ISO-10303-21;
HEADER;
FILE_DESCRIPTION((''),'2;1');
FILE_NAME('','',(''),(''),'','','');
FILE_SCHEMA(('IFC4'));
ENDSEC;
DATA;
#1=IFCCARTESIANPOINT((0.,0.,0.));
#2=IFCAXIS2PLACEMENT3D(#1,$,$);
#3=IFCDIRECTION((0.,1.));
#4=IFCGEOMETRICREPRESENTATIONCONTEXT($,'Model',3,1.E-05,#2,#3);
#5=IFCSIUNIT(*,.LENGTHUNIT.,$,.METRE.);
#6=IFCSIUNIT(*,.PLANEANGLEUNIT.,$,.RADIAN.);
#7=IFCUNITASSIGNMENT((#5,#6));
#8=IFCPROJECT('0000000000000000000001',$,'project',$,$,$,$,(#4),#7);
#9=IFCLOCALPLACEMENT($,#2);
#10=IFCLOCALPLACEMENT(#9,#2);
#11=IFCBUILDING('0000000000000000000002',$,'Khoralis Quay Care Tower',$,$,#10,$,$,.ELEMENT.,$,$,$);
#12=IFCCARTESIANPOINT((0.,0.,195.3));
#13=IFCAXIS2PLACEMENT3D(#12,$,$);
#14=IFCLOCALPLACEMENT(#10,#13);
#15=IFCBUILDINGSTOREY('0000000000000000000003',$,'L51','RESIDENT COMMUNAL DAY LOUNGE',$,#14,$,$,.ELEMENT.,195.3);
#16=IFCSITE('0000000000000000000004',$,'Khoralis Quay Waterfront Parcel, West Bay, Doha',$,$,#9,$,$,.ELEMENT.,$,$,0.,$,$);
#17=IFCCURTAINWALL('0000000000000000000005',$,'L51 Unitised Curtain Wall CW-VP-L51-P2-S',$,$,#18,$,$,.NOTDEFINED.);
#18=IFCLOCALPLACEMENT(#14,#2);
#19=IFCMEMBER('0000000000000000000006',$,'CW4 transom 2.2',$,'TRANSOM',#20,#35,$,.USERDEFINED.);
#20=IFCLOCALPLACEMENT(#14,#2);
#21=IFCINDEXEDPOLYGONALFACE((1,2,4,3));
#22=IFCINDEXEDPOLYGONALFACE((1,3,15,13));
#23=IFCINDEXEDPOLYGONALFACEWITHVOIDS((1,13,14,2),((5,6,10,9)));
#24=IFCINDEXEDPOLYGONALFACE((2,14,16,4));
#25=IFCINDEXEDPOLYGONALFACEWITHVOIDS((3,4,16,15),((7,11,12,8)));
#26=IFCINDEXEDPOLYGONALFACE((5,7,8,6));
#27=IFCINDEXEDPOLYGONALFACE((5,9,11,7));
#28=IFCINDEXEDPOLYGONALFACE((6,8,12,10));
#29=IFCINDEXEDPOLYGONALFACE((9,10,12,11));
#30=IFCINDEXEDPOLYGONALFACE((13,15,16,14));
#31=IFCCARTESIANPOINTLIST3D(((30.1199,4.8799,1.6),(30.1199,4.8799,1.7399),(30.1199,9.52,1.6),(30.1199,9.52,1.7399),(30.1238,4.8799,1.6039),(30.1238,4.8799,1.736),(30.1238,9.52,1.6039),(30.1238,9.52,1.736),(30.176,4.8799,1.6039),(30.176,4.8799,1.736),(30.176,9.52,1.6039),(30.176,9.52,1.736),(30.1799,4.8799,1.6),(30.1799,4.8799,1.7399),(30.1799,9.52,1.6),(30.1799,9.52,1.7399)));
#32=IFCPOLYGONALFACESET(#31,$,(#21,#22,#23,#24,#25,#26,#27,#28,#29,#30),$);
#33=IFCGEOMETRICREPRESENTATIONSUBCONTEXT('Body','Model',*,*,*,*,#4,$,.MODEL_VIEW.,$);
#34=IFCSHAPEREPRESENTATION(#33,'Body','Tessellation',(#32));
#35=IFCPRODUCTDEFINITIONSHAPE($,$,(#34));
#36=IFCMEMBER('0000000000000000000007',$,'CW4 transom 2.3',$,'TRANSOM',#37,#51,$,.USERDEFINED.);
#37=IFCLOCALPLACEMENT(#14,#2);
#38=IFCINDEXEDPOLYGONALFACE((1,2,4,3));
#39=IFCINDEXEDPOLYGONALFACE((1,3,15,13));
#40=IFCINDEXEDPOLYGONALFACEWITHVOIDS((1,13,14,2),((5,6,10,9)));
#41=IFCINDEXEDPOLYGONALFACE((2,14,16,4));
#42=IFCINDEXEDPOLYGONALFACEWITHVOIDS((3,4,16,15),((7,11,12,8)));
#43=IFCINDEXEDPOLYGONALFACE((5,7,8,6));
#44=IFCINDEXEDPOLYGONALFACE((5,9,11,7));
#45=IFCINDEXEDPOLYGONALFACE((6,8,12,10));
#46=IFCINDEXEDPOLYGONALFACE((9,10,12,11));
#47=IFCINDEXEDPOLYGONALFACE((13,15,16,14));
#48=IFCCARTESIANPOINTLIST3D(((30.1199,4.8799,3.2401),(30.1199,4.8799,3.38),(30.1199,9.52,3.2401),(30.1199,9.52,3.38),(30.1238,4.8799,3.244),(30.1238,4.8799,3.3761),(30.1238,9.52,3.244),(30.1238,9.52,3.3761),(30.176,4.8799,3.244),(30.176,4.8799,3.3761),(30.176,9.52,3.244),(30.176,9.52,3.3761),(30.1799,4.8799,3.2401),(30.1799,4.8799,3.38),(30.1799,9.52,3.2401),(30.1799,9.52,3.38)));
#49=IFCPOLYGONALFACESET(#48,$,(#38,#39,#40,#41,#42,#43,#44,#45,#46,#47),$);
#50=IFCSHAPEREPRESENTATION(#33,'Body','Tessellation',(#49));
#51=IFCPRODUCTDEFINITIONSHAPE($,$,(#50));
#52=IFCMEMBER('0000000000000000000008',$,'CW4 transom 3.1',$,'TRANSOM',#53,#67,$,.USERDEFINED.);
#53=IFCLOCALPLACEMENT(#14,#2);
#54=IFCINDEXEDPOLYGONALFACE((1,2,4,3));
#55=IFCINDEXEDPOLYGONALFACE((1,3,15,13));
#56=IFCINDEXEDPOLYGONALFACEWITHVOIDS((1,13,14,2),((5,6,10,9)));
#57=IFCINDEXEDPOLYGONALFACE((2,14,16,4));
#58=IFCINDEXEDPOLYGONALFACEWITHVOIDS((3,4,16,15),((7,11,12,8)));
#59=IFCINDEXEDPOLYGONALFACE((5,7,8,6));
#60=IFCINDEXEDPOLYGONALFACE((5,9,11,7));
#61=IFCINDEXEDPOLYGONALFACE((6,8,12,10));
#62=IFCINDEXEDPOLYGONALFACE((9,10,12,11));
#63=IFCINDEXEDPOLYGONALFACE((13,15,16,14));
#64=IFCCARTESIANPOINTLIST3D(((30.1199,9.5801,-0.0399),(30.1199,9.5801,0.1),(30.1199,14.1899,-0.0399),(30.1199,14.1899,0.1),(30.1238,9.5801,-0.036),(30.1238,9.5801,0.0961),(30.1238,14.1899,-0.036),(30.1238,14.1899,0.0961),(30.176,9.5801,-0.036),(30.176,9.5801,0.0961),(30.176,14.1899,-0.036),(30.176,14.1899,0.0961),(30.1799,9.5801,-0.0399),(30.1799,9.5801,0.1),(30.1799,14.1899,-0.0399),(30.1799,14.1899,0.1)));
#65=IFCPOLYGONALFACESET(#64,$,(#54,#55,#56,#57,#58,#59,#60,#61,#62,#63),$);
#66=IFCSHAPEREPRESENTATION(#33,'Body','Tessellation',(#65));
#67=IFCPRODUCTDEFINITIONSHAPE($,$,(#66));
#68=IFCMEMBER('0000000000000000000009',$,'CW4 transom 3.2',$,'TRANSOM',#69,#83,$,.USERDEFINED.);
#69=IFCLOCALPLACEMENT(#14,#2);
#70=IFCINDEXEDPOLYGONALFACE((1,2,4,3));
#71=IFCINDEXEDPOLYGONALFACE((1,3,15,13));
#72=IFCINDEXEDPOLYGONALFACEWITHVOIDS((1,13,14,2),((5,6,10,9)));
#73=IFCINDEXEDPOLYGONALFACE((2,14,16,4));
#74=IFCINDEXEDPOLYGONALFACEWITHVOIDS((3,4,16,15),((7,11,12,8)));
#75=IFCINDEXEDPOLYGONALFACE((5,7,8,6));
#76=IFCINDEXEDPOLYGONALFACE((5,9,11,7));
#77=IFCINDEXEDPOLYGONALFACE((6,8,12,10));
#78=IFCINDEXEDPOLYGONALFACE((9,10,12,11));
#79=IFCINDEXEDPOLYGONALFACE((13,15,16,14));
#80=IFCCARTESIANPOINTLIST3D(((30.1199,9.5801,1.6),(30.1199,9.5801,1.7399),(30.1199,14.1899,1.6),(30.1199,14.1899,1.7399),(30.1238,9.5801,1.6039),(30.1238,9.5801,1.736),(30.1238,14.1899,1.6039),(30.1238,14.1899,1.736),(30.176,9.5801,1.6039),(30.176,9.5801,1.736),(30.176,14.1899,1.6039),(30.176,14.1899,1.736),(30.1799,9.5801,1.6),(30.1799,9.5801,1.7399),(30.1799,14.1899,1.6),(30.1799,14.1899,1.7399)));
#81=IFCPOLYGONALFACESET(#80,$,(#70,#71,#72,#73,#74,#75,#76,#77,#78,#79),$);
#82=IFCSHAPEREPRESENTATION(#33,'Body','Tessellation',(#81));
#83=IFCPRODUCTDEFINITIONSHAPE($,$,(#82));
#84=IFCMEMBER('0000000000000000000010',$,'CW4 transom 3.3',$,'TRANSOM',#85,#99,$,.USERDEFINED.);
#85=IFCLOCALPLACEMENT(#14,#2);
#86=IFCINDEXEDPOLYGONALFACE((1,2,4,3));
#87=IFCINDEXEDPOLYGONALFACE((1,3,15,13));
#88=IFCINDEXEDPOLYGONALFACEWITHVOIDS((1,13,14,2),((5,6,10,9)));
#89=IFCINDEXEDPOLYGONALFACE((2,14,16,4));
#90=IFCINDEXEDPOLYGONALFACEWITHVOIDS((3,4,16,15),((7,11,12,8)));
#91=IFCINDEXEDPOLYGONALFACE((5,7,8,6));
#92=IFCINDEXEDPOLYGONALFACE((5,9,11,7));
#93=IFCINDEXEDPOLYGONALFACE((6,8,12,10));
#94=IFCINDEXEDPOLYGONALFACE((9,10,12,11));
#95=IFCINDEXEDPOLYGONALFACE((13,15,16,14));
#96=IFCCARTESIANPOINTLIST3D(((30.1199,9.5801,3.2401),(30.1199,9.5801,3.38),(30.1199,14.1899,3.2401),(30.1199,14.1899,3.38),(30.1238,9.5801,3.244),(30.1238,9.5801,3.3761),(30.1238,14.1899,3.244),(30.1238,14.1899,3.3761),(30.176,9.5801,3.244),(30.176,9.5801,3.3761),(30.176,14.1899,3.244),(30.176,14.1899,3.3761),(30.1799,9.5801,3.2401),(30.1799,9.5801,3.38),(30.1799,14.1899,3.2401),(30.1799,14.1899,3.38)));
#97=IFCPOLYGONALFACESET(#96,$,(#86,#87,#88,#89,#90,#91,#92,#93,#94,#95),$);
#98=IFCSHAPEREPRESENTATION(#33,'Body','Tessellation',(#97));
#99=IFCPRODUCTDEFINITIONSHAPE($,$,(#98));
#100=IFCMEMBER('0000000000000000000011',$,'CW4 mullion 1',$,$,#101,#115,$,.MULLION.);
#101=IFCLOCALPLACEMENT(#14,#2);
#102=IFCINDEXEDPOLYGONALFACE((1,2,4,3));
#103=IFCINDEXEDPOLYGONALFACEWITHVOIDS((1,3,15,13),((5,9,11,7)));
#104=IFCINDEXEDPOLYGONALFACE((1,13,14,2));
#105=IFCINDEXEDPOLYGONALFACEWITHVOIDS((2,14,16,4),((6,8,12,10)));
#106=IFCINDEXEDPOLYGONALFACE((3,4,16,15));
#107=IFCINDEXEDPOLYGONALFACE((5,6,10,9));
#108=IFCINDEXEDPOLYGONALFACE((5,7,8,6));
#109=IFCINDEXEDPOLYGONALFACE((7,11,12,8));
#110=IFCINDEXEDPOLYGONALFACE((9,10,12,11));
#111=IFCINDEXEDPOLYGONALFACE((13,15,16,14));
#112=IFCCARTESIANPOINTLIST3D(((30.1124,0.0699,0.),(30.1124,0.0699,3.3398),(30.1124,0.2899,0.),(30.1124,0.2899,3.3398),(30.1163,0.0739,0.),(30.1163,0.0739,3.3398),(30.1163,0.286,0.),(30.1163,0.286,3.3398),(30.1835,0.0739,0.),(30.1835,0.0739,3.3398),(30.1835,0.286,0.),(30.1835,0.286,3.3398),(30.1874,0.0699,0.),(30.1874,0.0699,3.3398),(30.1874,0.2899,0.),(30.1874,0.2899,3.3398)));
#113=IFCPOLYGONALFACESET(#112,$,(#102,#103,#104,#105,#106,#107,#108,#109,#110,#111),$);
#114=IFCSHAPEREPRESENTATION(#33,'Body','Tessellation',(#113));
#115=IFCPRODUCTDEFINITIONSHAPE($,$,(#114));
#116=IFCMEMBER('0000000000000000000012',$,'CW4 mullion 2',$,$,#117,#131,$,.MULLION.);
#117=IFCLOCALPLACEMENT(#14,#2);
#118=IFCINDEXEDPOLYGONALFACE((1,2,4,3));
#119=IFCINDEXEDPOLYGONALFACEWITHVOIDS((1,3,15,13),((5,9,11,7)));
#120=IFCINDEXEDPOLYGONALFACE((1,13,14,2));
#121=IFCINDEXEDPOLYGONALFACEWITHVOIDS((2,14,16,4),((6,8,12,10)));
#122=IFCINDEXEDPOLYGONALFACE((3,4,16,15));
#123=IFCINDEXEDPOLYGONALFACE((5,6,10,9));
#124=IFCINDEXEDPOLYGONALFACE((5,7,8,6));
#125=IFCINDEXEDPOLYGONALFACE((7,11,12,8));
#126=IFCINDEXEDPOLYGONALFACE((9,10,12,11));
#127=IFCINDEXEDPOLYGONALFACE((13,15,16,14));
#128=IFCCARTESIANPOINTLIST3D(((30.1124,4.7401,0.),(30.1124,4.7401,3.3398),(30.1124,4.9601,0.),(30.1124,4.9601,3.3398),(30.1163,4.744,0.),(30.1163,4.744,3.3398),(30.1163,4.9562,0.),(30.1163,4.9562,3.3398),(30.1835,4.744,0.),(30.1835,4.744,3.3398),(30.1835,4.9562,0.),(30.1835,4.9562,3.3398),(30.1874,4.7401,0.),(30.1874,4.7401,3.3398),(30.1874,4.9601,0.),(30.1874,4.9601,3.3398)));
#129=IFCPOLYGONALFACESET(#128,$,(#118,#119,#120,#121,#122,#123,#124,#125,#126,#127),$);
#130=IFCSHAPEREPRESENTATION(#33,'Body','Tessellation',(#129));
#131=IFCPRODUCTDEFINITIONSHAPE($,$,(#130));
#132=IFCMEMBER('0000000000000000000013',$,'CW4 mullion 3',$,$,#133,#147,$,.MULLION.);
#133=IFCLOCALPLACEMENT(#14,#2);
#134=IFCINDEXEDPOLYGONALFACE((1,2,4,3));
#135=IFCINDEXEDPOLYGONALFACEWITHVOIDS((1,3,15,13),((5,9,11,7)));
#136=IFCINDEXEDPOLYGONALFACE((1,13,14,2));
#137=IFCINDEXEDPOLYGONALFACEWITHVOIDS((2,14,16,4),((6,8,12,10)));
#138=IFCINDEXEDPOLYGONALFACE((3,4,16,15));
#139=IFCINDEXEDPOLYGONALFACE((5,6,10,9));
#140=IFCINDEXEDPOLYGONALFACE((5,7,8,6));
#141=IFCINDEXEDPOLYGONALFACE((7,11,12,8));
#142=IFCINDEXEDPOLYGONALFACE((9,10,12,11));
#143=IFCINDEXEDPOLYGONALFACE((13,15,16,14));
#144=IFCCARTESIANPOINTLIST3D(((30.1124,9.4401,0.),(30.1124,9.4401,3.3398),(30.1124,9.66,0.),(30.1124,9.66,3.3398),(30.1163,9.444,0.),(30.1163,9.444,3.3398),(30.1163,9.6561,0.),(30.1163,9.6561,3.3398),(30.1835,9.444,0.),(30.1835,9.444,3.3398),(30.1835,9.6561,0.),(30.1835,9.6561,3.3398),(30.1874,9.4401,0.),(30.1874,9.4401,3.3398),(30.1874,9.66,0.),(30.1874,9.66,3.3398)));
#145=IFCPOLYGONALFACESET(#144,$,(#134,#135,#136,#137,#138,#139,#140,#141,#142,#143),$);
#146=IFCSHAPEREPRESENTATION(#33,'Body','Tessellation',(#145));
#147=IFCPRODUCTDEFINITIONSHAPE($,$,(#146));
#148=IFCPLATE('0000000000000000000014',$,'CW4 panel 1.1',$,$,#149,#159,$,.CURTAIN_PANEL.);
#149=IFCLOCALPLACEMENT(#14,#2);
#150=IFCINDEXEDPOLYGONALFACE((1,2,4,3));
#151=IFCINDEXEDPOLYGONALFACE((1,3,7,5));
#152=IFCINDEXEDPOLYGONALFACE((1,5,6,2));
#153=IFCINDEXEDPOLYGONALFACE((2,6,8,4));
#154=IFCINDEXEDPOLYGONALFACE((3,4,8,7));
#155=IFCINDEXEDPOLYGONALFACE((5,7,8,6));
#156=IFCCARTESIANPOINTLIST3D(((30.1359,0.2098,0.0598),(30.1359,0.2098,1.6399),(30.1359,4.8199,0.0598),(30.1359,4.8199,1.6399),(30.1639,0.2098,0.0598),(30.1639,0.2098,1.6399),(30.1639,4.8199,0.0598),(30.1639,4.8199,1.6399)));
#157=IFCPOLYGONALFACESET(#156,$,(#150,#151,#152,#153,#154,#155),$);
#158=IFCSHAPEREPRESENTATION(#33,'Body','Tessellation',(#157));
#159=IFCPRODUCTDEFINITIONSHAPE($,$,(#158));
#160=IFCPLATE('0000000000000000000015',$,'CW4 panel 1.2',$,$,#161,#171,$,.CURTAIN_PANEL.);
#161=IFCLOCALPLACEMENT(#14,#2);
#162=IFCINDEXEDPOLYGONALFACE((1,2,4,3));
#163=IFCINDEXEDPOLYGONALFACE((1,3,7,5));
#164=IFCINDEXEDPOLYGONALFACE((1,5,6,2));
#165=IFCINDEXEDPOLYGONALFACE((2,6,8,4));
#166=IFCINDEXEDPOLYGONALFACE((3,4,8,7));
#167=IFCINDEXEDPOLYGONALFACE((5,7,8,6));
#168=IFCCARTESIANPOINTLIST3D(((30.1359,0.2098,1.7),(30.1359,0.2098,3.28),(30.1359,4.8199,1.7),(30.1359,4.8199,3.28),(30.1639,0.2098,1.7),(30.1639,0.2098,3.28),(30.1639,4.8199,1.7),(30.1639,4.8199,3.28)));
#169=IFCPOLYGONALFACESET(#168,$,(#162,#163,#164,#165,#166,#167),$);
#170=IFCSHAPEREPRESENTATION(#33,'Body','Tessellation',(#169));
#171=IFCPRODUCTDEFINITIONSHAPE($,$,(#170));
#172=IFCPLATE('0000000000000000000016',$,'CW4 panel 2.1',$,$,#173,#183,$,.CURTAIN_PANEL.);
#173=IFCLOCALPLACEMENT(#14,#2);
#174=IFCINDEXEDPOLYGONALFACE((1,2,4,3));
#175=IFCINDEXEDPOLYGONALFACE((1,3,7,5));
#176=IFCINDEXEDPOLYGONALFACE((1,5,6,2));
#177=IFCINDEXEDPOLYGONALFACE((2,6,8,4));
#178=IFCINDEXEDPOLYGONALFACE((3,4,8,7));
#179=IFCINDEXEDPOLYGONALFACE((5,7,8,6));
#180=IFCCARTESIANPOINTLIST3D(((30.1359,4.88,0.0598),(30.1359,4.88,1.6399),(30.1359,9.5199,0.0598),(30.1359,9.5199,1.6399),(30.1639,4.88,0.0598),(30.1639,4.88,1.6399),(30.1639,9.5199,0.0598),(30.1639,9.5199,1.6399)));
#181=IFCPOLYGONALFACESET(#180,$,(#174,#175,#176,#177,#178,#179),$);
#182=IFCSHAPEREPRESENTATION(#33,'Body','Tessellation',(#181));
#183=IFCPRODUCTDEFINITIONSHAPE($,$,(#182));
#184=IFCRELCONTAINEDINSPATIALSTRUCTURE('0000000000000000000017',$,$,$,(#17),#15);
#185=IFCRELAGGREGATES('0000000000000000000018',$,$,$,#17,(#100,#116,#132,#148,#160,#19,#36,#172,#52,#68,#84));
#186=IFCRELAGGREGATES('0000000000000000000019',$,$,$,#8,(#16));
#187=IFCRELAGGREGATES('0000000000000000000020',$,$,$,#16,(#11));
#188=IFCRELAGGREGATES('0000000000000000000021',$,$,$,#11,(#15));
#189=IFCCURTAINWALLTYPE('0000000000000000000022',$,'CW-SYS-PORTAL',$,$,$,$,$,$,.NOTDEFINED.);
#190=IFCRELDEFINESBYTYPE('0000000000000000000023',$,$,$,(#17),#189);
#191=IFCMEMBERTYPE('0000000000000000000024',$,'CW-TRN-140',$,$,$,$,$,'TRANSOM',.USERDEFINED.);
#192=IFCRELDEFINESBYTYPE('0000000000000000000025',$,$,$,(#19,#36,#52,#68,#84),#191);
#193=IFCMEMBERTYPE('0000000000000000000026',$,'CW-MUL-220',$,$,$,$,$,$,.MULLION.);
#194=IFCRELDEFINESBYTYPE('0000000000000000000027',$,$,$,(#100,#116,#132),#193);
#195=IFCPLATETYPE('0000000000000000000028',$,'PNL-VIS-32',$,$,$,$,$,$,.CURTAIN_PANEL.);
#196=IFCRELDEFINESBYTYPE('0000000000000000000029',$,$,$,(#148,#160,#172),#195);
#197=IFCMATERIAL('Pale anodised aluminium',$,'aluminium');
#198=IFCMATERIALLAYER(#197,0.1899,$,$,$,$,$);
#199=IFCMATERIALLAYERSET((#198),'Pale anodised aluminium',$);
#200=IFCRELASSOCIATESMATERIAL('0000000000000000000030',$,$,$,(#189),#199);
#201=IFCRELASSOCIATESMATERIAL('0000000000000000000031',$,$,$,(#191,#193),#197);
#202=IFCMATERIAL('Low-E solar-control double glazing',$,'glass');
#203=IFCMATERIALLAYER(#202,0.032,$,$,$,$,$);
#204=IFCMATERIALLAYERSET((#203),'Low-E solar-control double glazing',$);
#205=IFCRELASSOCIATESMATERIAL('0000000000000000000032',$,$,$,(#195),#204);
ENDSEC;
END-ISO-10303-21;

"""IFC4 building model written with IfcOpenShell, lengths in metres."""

from ifc_helpers import new_model, si_unit, direction, frame, origin, origin_2d, place, context, subcontext, project, spatial, rectangle, hollow_rectangle, extrude, source, transform, mapped, material, layer, layer_set, material_profile, profile_set, type_object, element, aggregate, save


model = new_model("IFC4")

# Units and contexts
model_context = context("Model", 3, precision=1e-05, world=origin(), true_north=direction((0.0, 1.0)))
body_context = subcontext(model_context, "Body", "Model", "MODEL_VIEW")
ifc_project = project(units=[si_unit("LENGTHUNIT", "METRE"), si_unit("PLANEANGLEUNIT", "RADIAN")], contexts=[model_context])

# Site, building, storey
site_placement = place(None, origin())
site = spatial("IfcSite", under=ifc_project, at=site_placement, Name="Khoralis Quay Waterfront Parcel, West Bay, Doha", CompositionType="ELEMENT", RefElevation=0.0)
building_placement = place(site_placement, origin())
building = spatial("IfcBuilding", under=site, at=building_placement, Name="Khoralis Quay Care Tower", CompositionType="ELEMENT")
storey_placement = place(building_placement, frame((0.0, 0.0, 195.3)))
storey = spatial("IfcBuildingStorey", under=building, at=storey_placement, Name="L51", Description="RESIDENT COMMUNAL DAY LOUNGE", CompositionType="ELEMENT", Elevation=195.3)

# Curtain wall, members, plates
ifc_material_1 = material(Name="Pale anodised aluminium", Category="aluminium")
ifc_layer_1 = layer(ifc_material_1, 0.1899)
ifc_layer_set_1 = layer_set([ifc_layer_1], Name="Pale anodised aluminium")
curtain_wall_type = type_object("IfcCurtainWallType", Name="CW-SYS-PORTAL", PredefinedType="NOTDEFINED", material=ifc_layer_set_1)
curtain_wall_placement = place(storey_placement, origin())
curtain_wall = element("IfcCurtainWall", 1, at=curtain_wall_placement, inside=storey, type_object=curtain_wall_type, Name="L51 Unitised Curtain Wall CW-VP-L51-P2-S", PredefinedType="NOTDEFINED")
ifc_material_profile_1 = material_profile(ifc_material_1, hollow_rectangle(XDim=0.0601, YDim=0.1399, WallThickness=0.0039, at=origin_2d()), Name="Pale anodised aluminium")
ifc_profile_set_1 = profile_set([ifc_material_profile_1], Name="Pale anodised aluminium")
member_type_1 = type_object("IfcMemberType", Name="CW-TRN-140", ElementType="TRANSOM", PredefinedType="USERDEFINED", material=ifc_profile_set_1)
shared_shape_1 = source(origin(), body_context, "Body", "SweptSolid", [
    extrude(hollow_rectangle(XDim=0.0601, YDim=0.1399, WallThickness=0.0039, at=origin_2d()), origin(), (0.0, 0.0, 1.0), 4.6401),
])
member_1_placement = place(storey_placement, frame((30.1499, 4.8799, 1.6699), z_axis=(0.0, 1.0, 0.0), x_axis=(-1.0, 0.0, 0.0)))
member_1 = element("IfcMember", 2, at=member_1_placement, type_object=member_type_1, Name="CW4 transom 2.2", ObjectType="TRANSOM", PredefinedType="USERDEFINED", context=body_context, shape_type="MappedRepresentation", body=[
    mapped(shared_shape_1, transform((0.0, 0.0, 0.0), scale=1.0)),
])
member_2_placement = place(storey_placement, frame((30.1499, 4.8799, 3.3101), z_axis=(0.0, 1.0, 0.0), x_axis=(-1.0, 0.0, 0.0)))
member_2 = element("IfcMember", 3, at=member_2_placement, type_object=member_type_1, Name="CW4 transom 2.3", ObjectType="TRANSOM", PredefinedType="USERDEFINED", context=body_context, shape_type="MappedRepresentation", body=[
    mapped(shared_shape_1, transform((0.0, 0.0, 0.0), scale=1.0)),
])
shared_shape_2 = source(origin(), body_context, "Body", "SweptSolid", [
    extrude(hollow_rectangle(XDim=0.0601, YDim=0.1399, WallThickness=0.0039, at=origin_2d()), origin(), (0.0, 0.0, 1.0), 4.6099),
])
member_3_placement = place(storey_placement, frame((30.1499, 9.5801, 0.03), z_axis=(0.0, 1.0, 0.0), x_axis=(-1.0, 0.0, 0.0)))
member_3 = element("IfcMember", 4, at=member_3_placement, type_object=member_type_1, Name="CW4 transom 3.1", ObjectType="TRANSOM", PredefinedType="USERDEFINED", context=body_context, shape_type="MappedRepresentation", body=[
    mapped(shared_shape_2, transform((0.0, 0.0, 0.0), scale=1.0)),
])
member_4_placement = place(storey_placement, frame((30.1499, 9.5801, 1.6699), z_axis=(0.0, 1.0, 0.0), x_axis=(-1.0, 0.0, 0.0)))
member_4 = element("IfcMember", 5, at=member_4_placement, type_object=member_type_1, Name="CW4 transom 3.2", ObjectType="TRANSOM", PredefinedType="USERDEFINED", context=body_context, shape_type="MappedRepresentation", body=[
    mapped(shared_shape_2, transform((0.0, 0.0, 0.0), scale=1.0)),
])
member_5_placement = place(storey_placement, frame((30.1499, 9.5801, 3.3101), z_axis=(0.0, 1.0, 0.0), x_axis=(-1.0, 0.0, 0.0)))
member_5 = element("IfcMember", 6, at=member_5_placement, type_object=member_type_1, Name="CW4 transom 3.3", ObjectType="TRANSOM", PredefinedType="USERDEFINED", context=body_context, shape_type="MappedRepresentation", body=[
    mapped(shared_shape_2, transform((0.0, 0.0, 0.0), scale=1.0)),
])
ifc_material_profile_2 = material_profile(ifc_material_1, hollow_rectangle(XDim=0.075, YDim=0.22, WallThickness=0.0039, at=origin_2d()), Name="Pale anodised aluminium")
ifc_profile_set_2 = profile_set([ifc_material_profile_2], Name="Pale anodised aluminium")
member_type_2 = type_object("IfcMemberType", Name="CW-MUL-220", PredefinedType="MULLION", material=ifc_profile_set_2)
shared_shape_3 = source(origin(), body_context, "Body", "SweptSolid", [
    extrude(hollow_rectangle(XDim=0.075, YDim=0.22, WallThickness=0.0039, at=origin_2d()), origin(), (0.0, 0.0, 1.0), 3.3398),
])
member_6_placement = place(storey_placement, frame((30.1499, 0.1799, 0.0), z_axis=(0.0, 0.0, 1.0), x_axis=(-1.0, 0.0, 0.0)))
member_6 = element("IfcMember", 7, at=member_6_placement, type_object=member_type_2, Name="CW4 mullion 1", PredefinedType="MULLION", context=body_context, shape_type="MappedRepresentation", body=[
    mapped(shared_shape_3, transform((0.0, 0.0, 0.0), scale=1.0)),
])
member_7_placement = place(storey_placement, frame((30.1499, 4.8501, 0.0), z_axis=(0.0, 0.0, 1.0), x_axis=(-1.0, 0.0, 0.0)))
member_7 = element("IfcMember", 8, at=member_7_placement, type_object=member_type_2, Name="CW4 mullion 2", PredefinedType="MULLION", context=body_context, shape_type="MappedRepresentation", body=[
    mapped(shared_shape_3, transform((0.0, 0.0, 0.0), scale=1.0)),
])
member_8_placement = place(storey_placement, frame((30.1499, 9.55, 0.0), z_axis=(0.0, 0.0, 1.0), x_axis=(-1.0, 0.0, 0.0)))
member_8 = element("IfcMember", 9, at=member_8_placement, type_object=member_type_2, Name="CW4 mullion 3", PredefinedType="MULLION", context=body_context, shape_type="MappedRepresentation", body=[
    mapped(shared_shape_3, transform((0.0, 0.0, 0.0), scale=1.0)),
])
ifc_material_2 = material(Name="Low-E solar-control double glazing", Category="glass")
ifc_layer_2 = layer(ifc_material_2, 0.032)
ifc_layer_set_2 = layer_set([ifc_layer_2], Name="Low-E solar-control double glazing")
plate_type = type_object("IfcPlateType", Name="PNL-VIS-32", PredefinedType="CURTAIN_PANEL", material=ifc_layer_set_2)
shared_shape_4 = source(origin(), body_context, "Body", "SweptSolid", [
    extrude(rectangle(XDim=4.6101, YDim=0.0281, at=origin_2d()), origin(), (0.0, 0.0, 1.0), 1.5801),
])
plate_1_placement = place(storey_placement, frame((30.1499, 2.5149, 0.0598), z_axis=(0.0, 0.0, 1.0), x_axis=(0.0, 1.0, 0.0)))
plate_1 = element("IfcPlate", 10, at=plate_1_placement, type_object=plate_type, Name="CW4 panel 1.1", PredefinedType="CURTAIN_PANEL", context=body_context, shape_type="MappedRepresentation", body=[
    mapped(shared_shape_4, transform((0.0, 0.0, 0.0), scale=1.0)),
])
plate_2_placement = place(storey_placement, frame((30.1499, 2.5149, 1.7), z_axis=(0.0, 0.0, 1.0), x_axis=(0.0, 1.0, 0.0)))
plate_2 = element("IfcPlate", 11, at=plate_2_placement, type_object=plate_type, Name="CW4 panel 1.2", PredefinedType="CURTAIN_PANEL", context=body_context, shape_type="MappedRepresentation", body=[
    mapped(shared_shape_4, transform((0.0, 0.0, 0.0), scale=1.0)),
])
shared_shape_5 = source(origin(), body_context, "Body", "SweptSolid", [
    extrude(rectangle(XDim=4.6399, YDim=0.0281, at=origin_2d()), origin(), (0.0, 0.0, 1.0), 1.5801),
])
plate_3_placement = place(storey_placement, frame((30.1499, 7.2, 0.0598), z_axis=(0.0, 0.0, 1.0), x_axis=(0.0, 1.0, 0.0)))
plate_3 = element("IfcPlate", 12, at=plate_3_placement, type_object=plate_type, Name="CW4 panel 2.1", PredefinedType="CURTAIN_PANEL", context=body_context, shape_type="MappedRepresentation", body=[
    mapped(shared_shape_5, transform((0.0, 0.0, 0.0), scale=1.0)),
])
aggregate(curtain_wall, [member_6, member_7, member_8, plate_1, plate_2, member_1, member_2, plate_3, member_3, member_4, member_5])

save(model, "model.ifc")
